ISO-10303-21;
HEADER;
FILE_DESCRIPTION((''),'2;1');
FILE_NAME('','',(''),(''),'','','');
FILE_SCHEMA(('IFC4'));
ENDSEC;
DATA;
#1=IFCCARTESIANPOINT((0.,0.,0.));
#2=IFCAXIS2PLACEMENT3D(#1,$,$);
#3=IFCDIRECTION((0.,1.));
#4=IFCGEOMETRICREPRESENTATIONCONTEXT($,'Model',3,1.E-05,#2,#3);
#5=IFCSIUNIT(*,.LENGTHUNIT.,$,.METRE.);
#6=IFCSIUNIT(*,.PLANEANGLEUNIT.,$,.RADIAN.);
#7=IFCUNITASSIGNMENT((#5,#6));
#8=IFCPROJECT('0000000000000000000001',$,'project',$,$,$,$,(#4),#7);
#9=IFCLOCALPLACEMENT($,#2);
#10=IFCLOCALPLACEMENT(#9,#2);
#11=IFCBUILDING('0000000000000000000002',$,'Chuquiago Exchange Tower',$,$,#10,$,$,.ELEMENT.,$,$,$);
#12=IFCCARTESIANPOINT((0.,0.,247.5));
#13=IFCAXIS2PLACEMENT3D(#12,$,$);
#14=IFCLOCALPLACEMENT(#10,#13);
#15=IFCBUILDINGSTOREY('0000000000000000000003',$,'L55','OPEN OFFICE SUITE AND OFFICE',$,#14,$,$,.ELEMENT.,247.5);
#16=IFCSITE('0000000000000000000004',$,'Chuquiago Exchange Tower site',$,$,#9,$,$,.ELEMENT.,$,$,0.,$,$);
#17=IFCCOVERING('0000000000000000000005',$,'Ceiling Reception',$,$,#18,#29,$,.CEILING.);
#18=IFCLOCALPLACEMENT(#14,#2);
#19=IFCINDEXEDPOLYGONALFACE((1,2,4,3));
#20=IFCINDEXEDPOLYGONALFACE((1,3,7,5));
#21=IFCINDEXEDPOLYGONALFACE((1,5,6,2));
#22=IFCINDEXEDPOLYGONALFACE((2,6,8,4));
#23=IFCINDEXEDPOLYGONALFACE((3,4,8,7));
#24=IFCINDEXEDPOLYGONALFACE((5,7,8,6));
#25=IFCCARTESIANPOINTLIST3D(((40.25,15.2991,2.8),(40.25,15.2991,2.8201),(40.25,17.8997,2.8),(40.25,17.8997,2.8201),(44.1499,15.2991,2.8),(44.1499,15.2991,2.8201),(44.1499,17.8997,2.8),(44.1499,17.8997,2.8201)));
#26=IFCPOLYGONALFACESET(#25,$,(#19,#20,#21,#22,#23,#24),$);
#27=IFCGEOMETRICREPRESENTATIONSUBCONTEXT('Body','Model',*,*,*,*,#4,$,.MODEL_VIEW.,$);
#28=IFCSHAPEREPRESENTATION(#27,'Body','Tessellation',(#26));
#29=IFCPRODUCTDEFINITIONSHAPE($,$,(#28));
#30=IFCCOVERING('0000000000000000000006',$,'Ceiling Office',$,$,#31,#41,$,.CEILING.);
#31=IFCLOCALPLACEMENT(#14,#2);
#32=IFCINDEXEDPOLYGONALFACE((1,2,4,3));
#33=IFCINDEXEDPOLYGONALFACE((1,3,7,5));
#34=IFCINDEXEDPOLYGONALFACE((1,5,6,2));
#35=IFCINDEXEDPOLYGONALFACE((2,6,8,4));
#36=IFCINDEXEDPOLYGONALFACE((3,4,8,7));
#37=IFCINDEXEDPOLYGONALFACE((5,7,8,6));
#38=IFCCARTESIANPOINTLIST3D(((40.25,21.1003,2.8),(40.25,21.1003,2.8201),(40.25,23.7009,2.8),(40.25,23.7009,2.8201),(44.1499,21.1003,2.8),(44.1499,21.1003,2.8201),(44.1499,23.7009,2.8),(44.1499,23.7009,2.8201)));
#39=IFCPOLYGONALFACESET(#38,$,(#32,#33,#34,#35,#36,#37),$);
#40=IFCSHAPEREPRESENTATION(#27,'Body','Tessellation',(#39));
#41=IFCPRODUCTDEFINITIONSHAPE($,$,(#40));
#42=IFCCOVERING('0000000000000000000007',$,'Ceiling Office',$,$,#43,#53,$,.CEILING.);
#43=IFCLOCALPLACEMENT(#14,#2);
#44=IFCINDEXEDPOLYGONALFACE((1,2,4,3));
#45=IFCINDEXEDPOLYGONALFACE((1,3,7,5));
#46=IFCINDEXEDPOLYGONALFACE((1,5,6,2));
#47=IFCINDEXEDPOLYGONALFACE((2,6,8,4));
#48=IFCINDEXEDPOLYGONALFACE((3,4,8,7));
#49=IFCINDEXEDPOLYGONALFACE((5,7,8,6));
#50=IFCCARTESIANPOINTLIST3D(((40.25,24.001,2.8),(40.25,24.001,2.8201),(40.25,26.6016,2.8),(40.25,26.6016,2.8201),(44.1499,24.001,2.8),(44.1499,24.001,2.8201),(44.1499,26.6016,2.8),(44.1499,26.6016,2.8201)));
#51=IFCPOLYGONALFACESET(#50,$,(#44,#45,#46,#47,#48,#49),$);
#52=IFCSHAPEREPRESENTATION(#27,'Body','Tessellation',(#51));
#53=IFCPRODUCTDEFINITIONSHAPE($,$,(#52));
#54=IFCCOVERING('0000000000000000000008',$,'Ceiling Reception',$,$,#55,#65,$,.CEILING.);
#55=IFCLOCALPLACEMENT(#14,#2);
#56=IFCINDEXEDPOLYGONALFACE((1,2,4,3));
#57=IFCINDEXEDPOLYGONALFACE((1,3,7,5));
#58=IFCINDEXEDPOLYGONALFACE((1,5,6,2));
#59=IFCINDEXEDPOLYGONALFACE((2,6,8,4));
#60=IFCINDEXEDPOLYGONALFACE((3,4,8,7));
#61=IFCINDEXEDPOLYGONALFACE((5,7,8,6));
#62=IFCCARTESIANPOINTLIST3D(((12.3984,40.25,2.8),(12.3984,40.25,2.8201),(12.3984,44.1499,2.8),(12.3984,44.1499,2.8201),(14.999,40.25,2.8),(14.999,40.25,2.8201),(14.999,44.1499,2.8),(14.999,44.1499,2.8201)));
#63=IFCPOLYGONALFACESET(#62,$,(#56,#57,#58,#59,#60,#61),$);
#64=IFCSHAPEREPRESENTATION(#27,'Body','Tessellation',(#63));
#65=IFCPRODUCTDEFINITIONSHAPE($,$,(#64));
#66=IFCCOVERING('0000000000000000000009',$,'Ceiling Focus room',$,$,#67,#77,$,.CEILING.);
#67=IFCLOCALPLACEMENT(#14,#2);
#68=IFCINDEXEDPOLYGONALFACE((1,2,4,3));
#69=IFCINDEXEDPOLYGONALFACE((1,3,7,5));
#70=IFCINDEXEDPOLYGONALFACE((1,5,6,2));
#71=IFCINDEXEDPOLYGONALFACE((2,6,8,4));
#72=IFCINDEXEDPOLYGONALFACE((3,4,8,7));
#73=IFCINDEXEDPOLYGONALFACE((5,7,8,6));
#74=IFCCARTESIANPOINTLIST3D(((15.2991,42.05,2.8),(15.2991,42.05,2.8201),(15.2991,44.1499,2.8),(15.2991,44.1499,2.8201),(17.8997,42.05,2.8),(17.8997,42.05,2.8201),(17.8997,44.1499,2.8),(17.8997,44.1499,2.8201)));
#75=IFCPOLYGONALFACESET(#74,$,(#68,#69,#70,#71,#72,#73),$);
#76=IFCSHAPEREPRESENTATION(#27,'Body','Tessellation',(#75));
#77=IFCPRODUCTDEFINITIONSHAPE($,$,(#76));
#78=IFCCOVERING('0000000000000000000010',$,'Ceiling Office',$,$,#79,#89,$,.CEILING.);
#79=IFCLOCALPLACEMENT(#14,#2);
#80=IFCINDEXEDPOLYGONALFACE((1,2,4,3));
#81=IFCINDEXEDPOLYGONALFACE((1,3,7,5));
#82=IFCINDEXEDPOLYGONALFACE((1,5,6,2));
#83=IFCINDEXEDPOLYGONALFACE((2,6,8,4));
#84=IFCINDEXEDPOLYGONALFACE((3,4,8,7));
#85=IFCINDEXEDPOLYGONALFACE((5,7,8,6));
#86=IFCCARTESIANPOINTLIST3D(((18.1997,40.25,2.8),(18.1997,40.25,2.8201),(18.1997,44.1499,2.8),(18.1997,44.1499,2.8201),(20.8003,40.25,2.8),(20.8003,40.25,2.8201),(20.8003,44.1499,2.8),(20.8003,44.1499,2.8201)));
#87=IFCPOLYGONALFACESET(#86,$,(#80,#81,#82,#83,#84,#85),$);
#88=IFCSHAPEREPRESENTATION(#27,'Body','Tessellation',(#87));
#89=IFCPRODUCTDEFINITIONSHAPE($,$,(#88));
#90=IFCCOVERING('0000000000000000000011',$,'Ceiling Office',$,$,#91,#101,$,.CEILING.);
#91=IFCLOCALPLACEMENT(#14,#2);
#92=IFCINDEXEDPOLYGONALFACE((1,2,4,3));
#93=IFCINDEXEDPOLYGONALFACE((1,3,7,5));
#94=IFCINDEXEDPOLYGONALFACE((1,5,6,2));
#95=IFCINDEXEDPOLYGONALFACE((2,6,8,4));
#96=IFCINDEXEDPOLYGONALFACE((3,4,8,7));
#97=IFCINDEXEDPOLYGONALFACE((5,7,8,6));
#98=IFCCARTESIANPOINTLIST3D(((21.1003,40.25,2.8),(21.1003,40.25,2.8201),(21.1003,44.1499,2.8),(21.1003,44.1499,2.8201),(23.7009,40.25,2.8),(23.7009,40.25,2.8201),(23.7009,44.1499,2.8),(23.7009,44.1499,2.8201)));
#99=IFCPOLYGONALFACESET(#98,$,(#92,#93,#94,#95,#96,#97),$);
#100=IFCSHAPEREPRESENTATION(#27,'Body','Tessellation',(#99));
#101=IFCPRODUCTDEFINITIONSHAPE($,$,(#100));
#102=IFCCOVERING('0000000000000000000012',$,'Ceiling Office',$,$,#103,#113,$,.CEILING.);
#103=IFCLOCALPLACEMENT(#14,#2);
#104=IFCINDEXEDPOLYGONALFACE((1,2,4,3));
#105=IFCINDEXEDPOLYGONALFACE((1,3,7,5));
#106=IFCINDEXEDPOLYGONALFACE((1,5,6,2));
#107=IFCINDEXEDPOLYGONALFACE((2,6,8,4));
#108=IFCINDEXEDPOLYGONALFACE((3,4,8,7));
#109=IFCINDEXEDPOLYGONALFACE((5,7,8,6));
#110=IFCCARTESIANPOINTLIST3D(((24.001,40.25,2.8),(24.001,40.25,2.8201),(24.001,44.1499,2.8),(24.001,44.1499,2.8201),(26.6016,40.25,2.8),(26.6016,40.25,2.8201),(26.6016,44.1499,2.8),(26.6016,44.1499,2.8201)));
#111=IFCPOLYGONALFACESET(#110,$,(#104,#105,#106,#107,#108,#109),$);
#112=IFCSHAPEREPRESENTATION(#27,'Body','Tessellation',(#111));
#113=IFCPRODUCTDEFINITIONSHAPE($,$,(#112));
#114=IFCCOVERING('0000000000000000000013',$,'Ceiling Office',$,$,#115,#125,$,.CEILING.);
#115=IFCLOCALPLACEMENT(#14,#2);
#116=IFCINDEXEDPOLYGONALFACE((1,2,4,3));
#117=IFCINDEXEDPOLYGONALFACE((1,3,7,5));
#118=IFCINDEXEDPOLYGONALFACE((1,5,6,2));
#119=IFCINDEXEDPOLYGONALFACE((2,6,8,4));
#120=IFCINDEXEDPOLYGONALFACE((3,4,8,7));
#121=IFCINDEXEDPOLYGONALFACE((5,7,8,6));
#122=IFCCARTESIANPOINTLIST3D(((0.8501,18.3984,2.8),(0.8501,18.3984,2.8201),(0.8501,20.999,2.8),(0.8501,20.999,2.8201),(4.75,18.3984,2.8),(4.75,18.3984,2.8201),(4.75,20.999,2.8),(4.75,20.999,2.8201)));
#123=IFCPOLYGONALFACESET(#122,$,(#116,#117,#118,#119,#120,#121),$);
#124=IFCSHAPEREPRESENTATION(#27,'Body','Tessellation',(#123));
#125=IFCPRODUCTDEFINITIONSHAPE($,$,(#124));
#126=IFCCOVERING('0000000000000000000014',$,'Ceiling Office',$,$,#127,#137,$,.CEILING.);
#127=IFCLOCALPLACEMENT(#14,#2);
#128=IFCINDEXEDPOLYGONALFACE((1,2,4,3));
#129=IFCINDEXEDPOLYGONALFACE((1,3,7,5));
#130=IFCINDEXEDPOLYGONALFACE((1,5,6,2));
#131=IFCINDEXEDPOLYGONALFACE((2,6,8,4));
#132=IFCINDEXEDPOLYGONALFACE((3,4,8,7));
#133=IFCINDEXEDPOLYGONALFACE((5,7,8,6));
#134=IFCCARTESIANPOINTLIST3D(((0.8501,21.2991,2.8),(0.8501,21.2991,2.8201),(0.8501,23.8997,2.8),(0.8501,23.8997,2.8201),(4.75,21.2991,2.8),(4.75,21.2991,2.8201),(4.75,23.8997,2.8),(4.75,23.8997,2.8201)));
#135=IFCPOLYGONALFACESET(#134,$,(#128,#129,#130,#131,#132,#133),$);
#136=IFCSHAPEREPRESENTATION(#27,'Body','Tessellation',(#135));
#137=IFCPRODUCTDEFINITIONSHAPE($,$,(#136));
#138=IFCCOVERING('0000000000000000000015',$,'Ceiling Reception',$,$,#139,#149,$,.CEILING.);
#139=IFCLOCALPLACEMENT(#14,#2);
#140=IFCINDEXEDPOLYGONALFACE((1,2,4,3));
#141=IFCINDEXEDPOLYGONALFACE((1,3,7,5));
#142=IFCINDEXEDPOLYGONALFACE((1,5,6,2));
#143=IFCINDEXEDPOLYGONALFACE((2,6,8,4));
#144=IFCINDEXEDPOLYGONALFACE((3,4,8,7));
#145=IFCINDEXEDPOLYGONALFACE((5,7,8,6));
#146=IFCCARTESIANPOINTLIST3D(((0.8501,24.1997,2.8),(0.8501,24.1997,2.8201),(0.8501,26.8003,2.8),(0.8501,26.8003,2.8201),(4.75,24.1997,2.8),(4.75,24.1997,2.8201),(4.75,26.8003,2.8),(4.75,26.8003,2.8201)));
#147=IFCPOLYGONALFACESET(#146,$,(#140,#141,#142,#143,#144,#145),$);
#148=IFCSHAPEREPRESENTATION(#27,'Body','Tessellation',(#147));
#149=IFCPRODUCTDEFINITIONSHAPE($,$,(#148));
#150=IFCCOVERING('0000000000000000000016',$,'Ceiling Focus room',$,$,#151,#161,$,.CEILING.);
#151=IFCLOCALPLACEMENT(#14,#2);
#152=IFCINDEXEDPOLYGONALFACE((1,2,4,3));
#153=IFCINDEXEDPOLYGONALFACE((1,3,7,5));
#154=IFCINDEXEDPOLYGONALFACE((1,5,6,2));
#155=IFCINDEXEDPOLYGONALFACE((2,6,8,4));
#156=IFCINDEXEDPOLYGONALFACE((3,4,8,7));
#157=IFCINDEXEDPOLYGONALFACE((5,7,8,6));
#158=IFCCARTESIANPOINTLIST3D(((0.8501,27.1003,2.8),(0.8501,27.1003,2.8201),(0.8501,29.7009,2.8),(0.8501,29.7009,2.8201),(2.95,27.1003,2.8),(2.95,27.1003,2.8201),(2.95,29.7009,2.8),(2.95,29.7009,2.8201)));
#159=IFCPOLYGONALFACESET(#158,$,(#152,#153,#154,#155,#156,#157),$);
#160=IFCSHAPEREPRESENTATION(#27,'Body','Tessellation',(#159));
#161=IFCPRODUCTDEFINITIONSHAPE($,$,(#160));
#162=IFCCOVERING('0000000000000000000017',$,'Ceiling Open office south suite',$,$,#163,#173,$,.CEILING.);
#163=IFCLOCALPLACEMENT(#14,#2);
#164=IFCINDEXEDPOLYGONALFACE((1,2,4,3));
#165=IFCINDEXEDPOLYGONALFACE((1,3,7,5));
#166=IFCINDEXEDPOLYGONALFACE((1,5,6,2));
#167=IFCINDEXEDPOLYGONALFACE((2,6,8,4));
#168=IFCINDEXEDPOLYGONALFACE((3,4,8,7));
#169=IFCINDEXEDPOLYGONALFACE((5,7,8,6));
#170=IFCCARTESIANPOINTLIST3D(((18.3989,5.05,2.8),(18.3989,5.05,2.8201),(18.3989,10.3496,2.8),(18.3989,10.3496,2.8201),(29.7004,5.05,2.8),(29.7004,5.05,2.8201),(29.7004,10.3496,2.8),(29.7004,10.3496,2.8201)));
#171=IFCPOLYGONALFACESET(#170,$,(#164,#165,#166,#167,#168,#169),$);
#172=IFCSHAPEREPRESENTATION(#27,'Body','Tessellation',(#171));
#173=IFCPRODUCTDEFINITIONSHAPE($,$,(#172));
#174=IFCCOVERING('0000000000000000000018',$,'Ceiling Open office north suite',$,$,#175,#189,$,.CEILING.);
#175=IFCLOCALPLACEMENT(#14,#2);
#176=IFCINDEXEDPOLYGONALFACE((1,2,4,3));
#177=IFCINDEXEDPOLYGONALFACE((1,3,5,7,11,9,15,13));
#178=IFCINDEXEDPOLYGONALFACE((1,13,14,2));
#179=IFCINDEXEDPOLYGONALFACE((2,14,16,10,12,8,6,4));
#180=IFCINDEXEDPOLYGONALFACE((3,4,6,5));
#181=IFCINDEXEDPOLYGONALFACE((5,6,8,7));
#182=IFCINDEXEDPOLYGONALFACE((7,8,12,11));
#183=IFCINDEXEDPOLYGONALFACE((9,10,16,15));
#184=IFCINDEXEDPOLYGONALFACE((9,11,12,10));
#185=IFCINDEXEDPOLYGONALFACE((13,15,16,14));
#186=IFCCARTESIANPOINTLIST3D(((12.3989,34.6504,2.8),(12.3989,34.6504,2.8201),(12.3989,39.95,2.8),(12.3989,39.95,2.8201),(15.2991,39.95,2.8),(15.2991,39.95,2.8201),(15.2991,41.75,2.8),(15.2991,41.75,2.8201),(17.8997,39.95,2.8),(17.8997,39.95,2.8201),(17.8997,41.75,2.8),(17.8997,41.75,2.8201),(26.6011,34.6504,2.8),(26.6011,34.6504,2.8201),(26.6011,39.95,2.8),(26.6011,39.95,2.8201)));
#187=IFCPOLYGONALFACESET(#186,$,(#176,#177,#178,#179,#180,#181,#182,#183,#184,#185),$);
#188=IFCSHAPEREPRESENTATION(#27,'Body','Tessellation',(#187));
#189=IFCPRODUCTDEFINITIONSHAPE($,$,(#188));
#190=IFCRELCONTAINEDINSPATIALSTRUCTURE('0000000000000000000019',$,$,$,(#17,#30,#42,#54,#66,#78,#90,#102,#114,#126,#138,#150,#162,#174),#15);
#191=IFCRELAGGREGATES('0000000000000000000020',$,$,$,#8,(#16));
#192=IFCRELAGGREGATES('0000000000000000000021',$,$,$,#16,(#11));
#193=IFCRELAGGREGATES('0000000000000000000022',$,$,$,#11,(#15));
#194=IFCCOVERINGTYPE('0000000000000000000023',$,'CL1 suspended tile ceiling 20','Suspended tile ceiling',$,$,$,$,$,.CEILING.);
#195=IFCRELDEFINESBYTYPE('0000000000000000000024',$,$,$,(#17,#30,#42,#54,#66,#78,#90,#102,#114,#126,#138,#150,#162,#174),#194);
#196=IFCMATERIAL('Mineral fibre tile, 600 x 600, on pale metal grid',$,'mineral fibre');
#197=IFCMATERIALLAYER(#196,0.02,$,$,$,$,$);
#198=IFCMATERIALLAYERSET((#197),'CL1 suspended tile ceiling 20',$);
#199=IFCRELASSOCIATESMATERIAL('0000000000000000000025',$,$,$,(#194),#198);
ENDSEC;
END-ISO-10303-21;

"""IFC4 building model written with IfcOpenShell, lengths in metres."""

from ifc_helpers import new_model, si_unit, direction, frame, origin, place, context, subcontext, project, spatial, polyline, outline, extrude, material, layer, layer_set, type_object, element, save


model = new_model("IFC4")

# Units and contexts
model_context = context("Model", 3, precision=1e-05, world=origin(), true_north=direction((0.0, 1.0)))
body_context = subcontext(model_context, "Body", "Model", "MODEL_VIEW")
ifc_project = project(units=[si_unit("LENGTHUNIT", "METRE"), si_unit("PLANEANGLEUNIT", "RADIAN")], contexts=[model_context])

# Site, building, storey
site_placement = place(None, origin())
site = spatial("IfcSite", under=ifc_project, at=site_placement, Name="Chuquiago Exchange Tower site", CompositionType="ELEMENT", RefElevation=0.0)
building_placement = place(site_placement, origin())
building = spatial("IfcBuilding", under=site, at=building_placement, Name="Chuquiago Exchange Tower", CompositionType="ELEMENT")
storey_placement = place(building_placement, frame((0.0, 0.0, 247.5)))
storey = spatial("IfcBuildingStorey", under=building, at=storey_placement, Name="L55", Description="OPEN OFFICE SUITE AND OFFICE", CompositionType="ELEMENT", Elevation=247.5)

# Coverings
ifc_material_1 = material(Name="Mineral fibre tile, 600 x 600, on pale metal grid", Category="mineral fibre")
ifc_layer_1 = layer(ifc_material_1, 0.02)
ifc_layer_set_1 = layer_set([ifc_layer_1], Name="CL1 suspended tile ceiling 20")
covering_type_1 = type_object("IfcCoveringType", Name="CL1 suspended tile ceiling 20", Description="Suspended tile ceiling", PredefinedType="CEILING", material=ifc_layer_set_1)
covering_1_placement = place(storey_placement, frame((0.0, 0.0, 2.8)))
element("IfcCovering", 1, at=covering_1_placement, inside=storey, type_object=covering_type_1, Name="Ceiling Reception", PredefinedType="CEILING", context=body_context, shape_type="SweptSolid", body=[
    extrude(outline(polyline([(40.25, 15.2991), (40.25, 17.8997), (44.1499, 17.8997), (44.1499, 15.2991), (40.25, 15.2991)])), origin(), (0.0, 0.0, 1.0), 0.02),
])
covering_2_placement = place(storey_placement, frame((0.0, 0.0, 2.8)))
element("IfcCovering", 2, at=covering_2_placement, inside=storey, type_object=covering_type_1, Name="Ceiling Office", PredefinedType="CEILING", context=body_context, shape_type="SweptSolid", body=[
    extrude(outline(polyline([(40.25, 21.1003), (40.25, 23.7009), (44.1499, 23.7009), (44.1499, 21.1003), (40.25, 21.1003)])), origin(), (0.0, 0.0, 1.0), 0.02),
])
covering_3_placement = place(storey_placement, frame((0.0, 0.0, 2.8)))
element("IfcCovering", 3, at=covering_3_placement, inside=storey, type_object=covering_type_1, Name="Ceiling Office", PredefinedType="CEILING", context=body_context, shape_type="SweptSolid", body=[
    extrude(outline(polyline([(44.1499, 24.001), (40.25, 24.001), (40.25, 26.6016), (44.1499, 26.6016), (44.1499, 24.001)])), origin(), (0.0, 0.0, 1.0), 0.02),
])
covering_4_placement = place(storey_placement, frame((0.0, 0.0, 2.8)))
element("IfcCovering", 4, at=covering_4_placement, inside=storey, type_object=covering_type_1, Name="Ceiling Reception", PredefinedType="CEILING", context=body_context, shape_type="SweptSolid", body=[
    extrude(outline(polyline([(14.999, 44.1499), (14.999, 40.25), (12.3984, 40.25), (12.3984, 44.1499), (14.999, 44.1499)])), origin(), (0.0, 0.0, 1.0), 0.02),
])
covering_5_placement = place(storey_placement, frame((0.0, 0.0, 2.8)))
element("IfcCovering", 5, at=covering_5_placement, inside=storey, type_object=covering_type_1, Name="Ceiling Focus room", PredefinedType="CEILING", context=body_context, shape_type="SweptSolid", body=[
    extrude(outline(polyline([(17.8997, 42.05), (15.2991, 42.05), (15.2991, 44.1499), (17.8997, 44.1499), (17.8997, 42.05)])), origin(), (0.0, 0.0, 1.0), 0.02),
])
covering_6_placement = place(storey_placement, frame((0.0, 0.0, 2.8)))
element("IfcCovering", 6, at=covering_6_placement, inside=storey, type_object=covering_type_1, Name="Ceiling Office", PredefinedType="CEILING", context=body_context, shape_type="SweptSolid", body=[
    extrude(outline(polyline([(20.8003, 40.25), (18.1997, 40.25), (18.1997, 44.1499), (20.8003, 44.1499), (20.8003, 40.25)])), origin(), (0.0, 0.0, 1.0), 0.02),
])
covering_7_placement = place(storey_placement, frame((0.0, 0.0, 2.8)))
element("IfcCovering", 7, at=covering_7_placement, inside=storey, type_object=covering_type_1, Name="Ceiling Office", PredefinedType="CEILING", context=body_context, shape_type="SweptSolid", body=[
    extrude(outline(polyline([(23.7009, 40.25), (21.1003, 40.25), (21.1003, 44.1499), (23.7009, 44.1499), (23.7009, 40.25)])), origin(), (0.0, 0.0, 1.0), 0.02),
])
covering_8_placement = place(storey_placement, frame((0.0, 0.0, 2.8)))
element("IfcCovering", 8, at=covering_8_placement, inside=storey, type_object=covering_type_1, Name="Ceiling Office", PredefinedType="CEILING", context=body_context, shape_type="SweptSolid", body=[
    extrude(outline(polyline([(26.6016, 40.25), (24.001, 40.25), (24.001, 44.1499), (26.6016, 44.1499), (26.6016, 40.25)])), origin(), (0.0, 0.0, 1.0), 0.02),
])
covering_9_placement = place(storey_placement, frame((0.0, 0.0, 2.8)))
element("IfcCovering", 9, at=covering_9_placement, inside=storey, type_object=covering_type_1, Name="Ceiling Office", PredefinedType="CEILING", context=body_context, shape_type="SweptSolid", body=[
    extrude(outline(polyline([(0.8501, 20.999), (4.75, 20.999), (4.75, 18.3984), (0.8501, 18.3984), (0.8501, 20.999)])), origin(), (0.0, 0.0, 1.0), 0.02),
])
covering_10_placement = place(storey_placement, frame((0.0, 0.0, 2.8)))
element("IfcCovering", 10, at=covering_10_placement, inside=storey, type_object=covering_type_1, Name="Ceiling Office", PredefinedType="CEILING", context=body_context, shape_type="SweptSolid", body=[
    extrude(outline(polyline([(4.75, 23.8997), (4.75, 21.2991), (0.8501, 21.2991), (0.8501, 23.8997), (4.75, 23.8997)])), origin(), (0.0, 0.0, 1.0), 0.02),
])
covering_11_placement = place(storey_placement, frame((0.0, 0.0, 2.8)))
element("IfcCovering", 11, at=covering_11_placement, inside=storey, type_object=covering_type_1, Name="Ceiling Reception", PredefinedType="CEILING", context=body_context, shape_type="SweptSolid", body=[
    extrude(outline(polyline([(4.75, 26.8003), (4.75, 24.1997), (0.8501, 24.1997), (0.8501, 26.8003), (4.75, 26.8003)])), origin(), (0.0, 0.0, 1.0), 0.02),
])
covering_12_placement = place(storey_placement, frame((0.0, 0.0, 2.8)))
element("IfcCovering", 12, at=covering_12_placement, inside=storey, type_object=covering_type_1, Name="Ceiling Focus room", PredefinedType="CEILING", context=body_context, shape_type="SweptSolid", body=[
    extrude(outline(polyline([(2.95, 29.7009), (2.95, 27.1003), (0.8501, 27.1003), (0.8501, 29.7009), (2.95, 29.7009)])), origin(), (0.0, 0.0, 1.0), 0.02),
])
covering_13_placement = place(storey_placement, frame((0.0, 0.0, 2.8)))
element("IfcCovering", 13, at=covering_13_placement, inside=storey, type_object=covering_type_1, Name="Ceiling Open office south suite", PredefinedType="CEILING", context=body_context, shape_type="SweptSolid", body=[
    extrude(outline(polyline([(18.3989, 5.05), (18.3989, 10.3496), (29.7004, 10.3496), (29.7004, 5.05), (18.3989, 5.05)])), origin(), (0.0, 0.0, 1.0), 0.02),
])
covering_14_placement = place(storey_placement, frame((0.0, 0.0, 2.8)))
element("IfcCovering", 14, at=covering_14_placement, inside=storey, type_object=covering_type_1, Name="Ceiling Open office north suite", PredefinedType="CEILING", context=body_context, shape_type="SweptSolid", body=[
    extrude(outline(polyline([(15.2991, 41.75), (17.8997, 41.75), (17.8997, 39.95), (26.6011, 39.95), (26.6011, 34.6504), (12.3989, 34.6504), (12.3989, 39.95), (15.2991, 39.95), (15.2991, 41.75)])), origin(), (0.0, 0.0, 1.0), 0.02),
])

save(model, "model.ifc")
